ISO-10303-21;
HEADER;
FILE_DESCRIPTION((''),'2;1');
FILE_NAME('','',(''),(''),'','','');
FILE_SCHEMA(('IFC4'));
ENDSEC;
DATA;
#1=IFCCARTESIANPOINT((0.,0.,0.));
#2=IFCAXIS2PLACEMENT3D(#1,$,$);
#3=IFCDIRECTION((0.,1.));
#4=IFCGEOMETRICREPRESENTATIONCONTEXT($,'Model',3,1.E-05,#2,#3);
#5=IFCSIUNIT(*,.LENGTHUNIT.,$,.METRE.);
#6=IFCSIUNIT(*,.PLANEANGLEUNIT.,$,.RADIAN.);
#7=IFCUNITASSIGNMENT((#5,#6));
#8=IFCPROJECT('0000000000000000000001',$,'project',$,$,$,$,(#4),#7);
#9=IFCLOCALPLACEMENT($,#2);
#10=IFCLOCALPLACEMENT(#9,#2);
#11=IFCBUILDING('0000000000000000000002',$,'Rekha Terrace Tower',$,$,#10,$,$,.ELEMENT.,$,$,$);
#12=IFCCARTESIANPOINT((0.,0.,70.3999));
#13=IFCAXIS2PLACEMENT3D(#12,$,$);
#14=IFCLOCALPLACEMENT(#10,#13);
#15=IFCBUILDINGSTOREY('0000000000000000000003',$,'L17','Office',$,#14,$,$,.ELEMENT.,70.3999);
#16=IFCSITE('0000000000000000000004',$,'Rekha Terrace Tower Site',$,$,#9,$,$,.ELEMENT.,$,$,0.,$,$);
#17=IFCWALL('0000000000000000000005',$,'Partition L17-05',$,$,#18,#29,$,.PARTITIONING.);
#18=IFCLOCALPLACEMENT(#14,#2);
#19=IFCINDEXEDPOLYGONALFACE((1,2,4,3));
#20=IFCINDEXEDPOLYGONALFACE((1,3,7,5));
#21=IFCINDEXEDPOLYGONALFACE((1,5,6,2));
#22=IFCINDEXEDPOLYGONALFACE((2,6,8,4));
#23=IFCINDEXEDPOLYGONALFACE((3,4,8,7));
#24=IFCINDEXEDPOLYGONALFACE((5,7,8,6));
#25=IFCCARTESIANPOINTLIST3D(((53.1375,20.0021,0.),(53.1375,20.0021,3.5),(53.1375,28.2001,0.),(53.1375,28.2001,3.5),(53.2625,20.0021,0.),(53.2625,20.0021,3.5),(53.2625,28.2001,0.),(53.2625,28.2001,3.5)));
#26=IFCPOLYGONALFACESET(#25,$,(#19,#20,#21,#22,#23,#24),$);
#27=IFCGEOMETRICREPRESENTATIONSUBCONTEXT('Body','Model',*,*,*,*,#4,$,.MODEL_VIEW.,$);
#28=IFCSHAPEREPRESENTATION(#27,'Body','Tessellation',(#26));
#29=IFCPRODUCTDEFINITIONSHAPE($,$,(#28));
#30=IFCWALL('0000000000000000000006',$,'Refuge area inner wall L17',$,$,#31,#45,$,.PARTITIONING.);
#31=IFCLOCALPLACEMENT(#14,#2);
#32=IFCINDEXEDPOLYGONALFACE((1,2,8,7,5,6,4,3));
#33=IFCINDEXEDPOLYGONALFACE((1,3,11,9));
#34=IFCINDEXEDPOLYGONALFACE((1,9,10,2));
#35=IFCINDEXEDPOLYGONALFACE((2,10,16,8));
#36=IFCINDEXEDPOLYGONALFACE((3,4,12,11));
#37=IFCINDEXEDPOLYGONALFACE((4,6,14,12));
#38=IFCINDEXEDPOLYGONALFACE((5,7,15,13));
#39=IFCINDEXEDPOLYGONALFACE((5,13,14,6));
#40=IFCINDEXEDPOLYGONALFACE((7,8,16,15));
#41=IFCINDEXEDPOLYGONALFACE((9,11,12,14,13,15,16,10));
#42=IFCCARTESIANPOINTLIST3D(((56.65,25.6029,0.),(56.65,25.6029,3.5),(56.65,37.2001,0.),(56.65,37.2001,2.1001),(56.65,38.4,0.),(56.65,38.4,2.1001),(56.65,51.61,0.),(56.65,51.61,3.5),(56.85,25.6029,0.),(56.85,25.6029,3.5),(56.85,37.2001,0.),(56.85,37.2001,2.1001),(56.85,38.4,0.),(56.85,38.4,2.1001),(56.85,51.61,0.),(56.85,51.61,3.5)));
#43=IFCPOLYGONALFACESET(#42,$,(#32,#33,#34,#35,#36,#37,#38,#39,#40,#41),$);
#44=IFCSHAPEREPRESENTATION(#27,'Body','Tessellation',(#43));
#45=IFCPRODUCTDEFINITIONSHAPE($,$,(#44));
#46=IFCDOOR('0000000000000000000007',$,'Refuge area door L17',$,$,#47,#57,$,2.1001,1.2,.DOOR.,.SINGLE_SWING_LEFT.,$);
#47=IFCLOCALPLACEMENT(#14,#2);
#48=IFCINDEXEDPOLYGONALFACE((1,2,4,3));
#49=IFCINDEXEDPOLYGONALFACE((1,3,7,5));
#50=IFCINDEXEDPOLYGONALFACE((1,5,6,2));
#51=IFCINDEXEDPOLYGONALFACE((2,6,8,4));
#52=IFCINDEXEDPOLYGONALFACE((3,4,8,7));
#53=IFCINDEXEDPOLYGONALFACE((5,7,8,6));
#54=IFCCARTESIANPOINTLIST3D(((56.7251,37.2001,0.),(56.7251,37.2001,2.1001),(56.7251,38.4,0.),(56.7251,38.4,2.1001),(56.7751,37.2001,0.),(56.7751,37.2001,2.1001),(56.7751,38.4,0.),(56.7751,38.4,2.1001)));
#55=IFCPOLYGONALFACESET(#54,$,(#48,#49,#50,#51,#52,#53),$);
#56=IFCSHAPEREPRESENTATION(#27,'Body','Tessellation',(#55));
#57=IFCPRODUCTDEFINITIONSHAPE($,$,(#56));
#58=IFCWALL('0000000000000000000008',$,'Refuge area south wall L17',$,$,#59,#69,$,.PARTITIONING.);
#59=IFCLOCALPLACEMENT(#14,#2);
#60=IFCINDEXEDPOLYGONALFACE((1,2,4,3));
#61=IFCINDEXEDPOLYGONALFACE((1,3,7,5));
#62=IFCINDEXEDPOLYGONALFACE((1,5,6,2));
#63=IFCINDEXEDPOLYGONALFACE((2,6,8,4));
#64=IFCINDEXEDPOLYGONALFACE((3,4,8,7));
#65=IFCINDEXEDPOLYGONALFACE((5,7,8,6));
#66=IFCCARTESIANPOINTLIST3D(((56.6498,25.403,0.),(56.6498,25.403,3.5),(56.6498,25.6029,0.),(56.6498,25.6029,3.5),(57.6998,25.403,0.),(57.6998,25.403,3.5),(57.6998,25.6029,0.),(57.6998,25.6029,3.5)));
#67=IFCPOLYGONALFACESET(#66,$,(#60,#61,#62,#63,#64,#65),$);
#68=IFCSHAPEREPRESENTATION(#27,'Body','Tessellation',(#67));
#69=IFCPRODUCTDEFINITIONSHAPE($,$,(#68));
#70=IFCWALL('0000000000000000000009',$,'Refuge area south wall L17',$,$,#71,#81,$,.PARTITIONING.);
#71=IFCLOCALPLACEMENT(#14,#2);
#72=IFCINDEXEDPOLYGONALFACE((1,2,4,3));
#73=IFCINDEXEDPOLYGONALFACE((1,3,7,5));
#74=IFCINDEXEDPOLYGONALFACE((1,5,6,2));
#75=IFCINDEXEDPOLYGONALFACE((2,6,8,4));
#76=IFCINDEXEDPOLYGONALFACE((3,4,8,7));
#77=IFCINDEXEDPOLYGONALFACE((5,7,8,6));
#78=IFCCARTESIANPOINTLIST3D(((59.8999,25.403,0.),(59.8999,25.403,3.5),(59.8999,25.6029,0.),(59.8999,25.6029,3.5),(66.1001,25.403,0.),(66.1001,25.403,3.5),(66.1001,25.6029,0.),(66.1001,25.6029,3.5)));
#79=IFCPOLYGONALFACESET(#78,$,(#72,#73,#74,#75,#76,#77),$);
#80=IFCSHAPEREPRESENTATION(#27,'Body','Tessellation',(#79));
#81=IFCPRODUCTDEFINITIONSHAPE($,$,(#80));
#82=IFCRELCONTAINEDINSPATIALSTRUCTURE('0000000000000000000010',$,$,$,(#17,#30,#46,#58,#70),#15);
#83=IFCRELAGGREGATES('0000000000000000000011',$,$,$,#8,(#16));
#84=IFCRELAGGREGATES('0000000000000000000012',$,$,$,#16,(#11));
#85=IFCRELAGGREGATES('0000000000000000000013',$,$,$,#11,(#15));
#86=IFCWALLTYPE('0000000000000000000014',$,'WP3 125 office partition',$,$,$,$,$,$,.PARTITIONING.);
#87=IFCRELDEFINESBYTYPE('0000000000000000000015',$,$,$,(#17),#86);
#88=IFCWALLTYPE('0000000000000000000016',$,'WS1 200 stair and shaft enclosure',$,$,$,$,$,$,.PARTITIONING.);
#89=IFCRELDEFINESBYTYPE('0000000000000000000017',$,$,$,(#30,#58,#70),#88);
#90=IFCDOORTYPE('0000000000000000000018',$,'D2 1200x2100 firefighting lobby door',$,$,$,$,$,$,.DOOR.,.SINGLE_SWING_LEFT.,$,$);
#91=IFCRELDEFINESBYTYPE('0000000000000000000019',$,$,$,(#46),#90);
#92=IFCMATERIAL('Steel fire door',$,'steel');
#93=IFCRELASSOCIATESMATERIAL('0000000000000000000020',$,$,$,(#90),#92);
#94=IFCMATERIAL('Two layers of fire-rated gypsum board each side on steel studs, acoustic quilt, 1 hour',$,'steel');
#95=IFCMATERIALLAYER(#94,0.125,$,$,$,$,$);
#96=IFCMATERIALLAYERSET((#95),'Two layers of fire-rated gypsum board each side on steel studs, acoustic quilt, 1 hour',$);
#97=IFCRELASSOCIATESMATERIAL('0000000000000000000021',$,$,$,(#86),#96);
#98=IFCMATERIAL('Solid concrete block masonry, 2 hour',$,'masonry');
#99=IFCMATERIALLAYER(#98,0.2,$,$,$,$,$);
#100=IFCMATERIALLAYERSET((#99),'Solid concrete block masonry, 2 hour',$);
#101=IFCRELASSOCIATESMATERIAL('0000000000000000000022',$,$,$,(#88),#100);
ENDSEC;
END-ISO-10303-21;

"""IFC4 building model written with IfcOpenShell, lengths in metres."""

from ifc_helpers import new_model, si_unit, direction, frame, frame_2d, origin, place, context, subcontext, project, spatial, rectangle, extrude, material, layer, layer_set, type_object, element, fill, save


model = new_model("IFC4")

# Units and contexts
model_context = context("Model", 3, precision=1e-05, world=origin(), true_north=direction((0.0, 1.0)))
body_context = subcontext(model_context, "Body", "Model", "MODEL_VIEW")
ifc_project = project(units=[si_unit("LENGTHUNIT", "METRE"), si_unit("PLANEANGLEUNIT", "RADIAN")], contexts=[model_context])

# Site, building, storey
site_placement = place(None, origin())
site = spatial("IfcSite", under=ifc_project, at=site_placement, Name="Rekha Terrace Tower Site", CompositionType="ELEMENT", RefElevation=0.0)
building_placement = place(site_placement, origin())
building = spatial("IfcBuilding", under=site, at=building_placement, Name="Rekha Terrace Tower", CompositionType="ELEMENT")
storey_placement = place(building_placement, frame((0.0, 0.0, 70.3999)))
storey = spatial("IfcBuildingStorey", under=building, at=storey_placement, Name="L17", Description="Office", CompositionType="ELEMENT", Elevation=70.3999)

# Shared definitions
ifc_material_1 = material(Name="Steel fire door", Category="steel")
door_type_1 = type_object("IfcDoorType", Name="D2 1200x2100 firefighting lobby door", OperationType="SINGLE_SWING_LEFT", PredefinedType="DOOR", material=ifc_material_1)

# Shared definitions
ifc_material_2 = material(Name="Two layers of fire-rated gypsum board each side on steel studs, acoustic quilt, 1 hour", Category="steel")
ifc_layer_1 = layer(ifc_material_2, 0.125)
ifc_layer_set_1 = layer_set([ifc_layer_1], Name="Two layers of fire-rated gypsum board each side on steel studs, acoustic quilt, 1 hour")
wall_type_1 = type_object("IfcWallType", Name="WP3 125 office partition", PredefinedType="PARTITIONING", material=ifc_layer_set_1)

# Wall
wall_1_placement = place(storey_placement, frame((53.2, 20.002, 0.0), z_axis=(0.0, 0.0, 1.0), x_axis=(0.0, 1.0, 0.0)))
element("IfcWall", 1, at=wall_1_placement, inside=storey, type_object=wall_type_1, Name="Partition L17-05", PredefinedType="PARTITIONING", context=body_context, shape_type="SweptSolid", body=[
    extrude(rectangle(XDim=8.198, YDim=0.125, at=frame_2d((4.0991, 0.0))), origin(), (0.0, 0.0, 1.0), 3.5),
])

# Wall, opening, door
ifc_material_3 = material(Name="Solid concrete block masonry, 2 hour", Category="masonry")
ifc_layer_2 = layer(ifc_material_3, 0.2)
ifc_layer_set_2 = layer_set([ifc_layer_2], Name="Solid concrete block masonry, 2 hour")
wall_type_2 = type_object("IfcWallType", Name="WS1 200 stair and shaft enclosure", PredefinedType="PARTITIONING", material=ifc_layer_set_2)
wall_2_placement = place(storey_placement, frame((56.75, 25.603, 0.0), z_axis=(0.0, 0.0, 1.0), x_axis=(0.0, 1.0, 0.0)))
wall_2 = element("IfcWall", 2, at=wall_2_placement, inside=storey, type_object=wall_type_2, Name="Refuge area inner wall L17", PredefinedType="PARTITIONING", context=body_context, shape_type="SweptSolid", body=[
    extrude(rectangle(XDim=26.0071, YDim=0.2, at=frame_2d((13.0034, 0.0))), origin(), (0.0, 0.0, 1.0), 3.5),
])
opening_1_placement = place(wall_2_placement, frame((11.5969, 0.0, 0.0)))
opening_1 = element("IfcOpeningElement", 3, at=opening_1_placement, cuts=wall_2, PredefinedType="OPENING", context=body_context, shape_type="SweptSolid", body=[
    extrude(rectangle(XDim=1.2, YDim=2.1001, at=frame_2d((0.6001, 1.05))), frame((0.0, 0.1099, 0.0), z_axis=(0.0, -1.0, 0.0), x_axis=(1.0, 0.0, 0.0)), (0.0, 0.0, 1.0), 0.22),
])
door_1_placement = place(opening_1_placement, origin())
door_1 = element("IfcDoor", 4, at=door_1_placement, inside=storey, type_object=door_type_1, Name="Refuge area door L17", OperationType="SINGLE_SWING_LEFT", OverallHeight=2.1001, OverallWidth=1.2, PredefinedType="DOOR", context=body_context, shape_type="SweptSolid", body=[
    extrude(rectangle(XDim=1.2, YDim=2.1001, at=frame_2d((0.6001, 1.05))), frame((0.0, 0.0249, 0.0), z_axis=(0.0, -1.0, 0.0), x_axis=(1.0, 0.0, 0.0)), (0.0, 0.0, 1.0), 0.05),
])
fill(opening_1, door_1)

# Walls
wall_3_placement = place(storey_placement, frame((56.6499, 25.5029, 0.0), z_axis=(0.0, 0.0, 1.0), x_axis=(1.0, 0.0, 0.0)))
element("IfcWall", 5, at=wall_3_placement, inside=storey, type_object=wall_type_2, Name="Refuge area south wall L17", PredefinedType="PARTITIONING", context=body_context, shape_type="SweptSolid", body=[
    extrude(rectangle(XDim=1.05, YDim=0.2, at=frame_2d((0.5249, 0.0))), origin(), (0.0, 0.0, 1.0), 3.5),
])
wall_4_placement = place(storey_placement, frame((59.8999, 25.5029, 0.0), z_axis=(0.0, 0.0, 1.0), x_axis=(1.0, 0.0, 0.0)))
element("IfcWall", 6, at=wall_4_placement, inside=storey, type_object=wall_type_2, Name="Refuge area south wall L17", PredefinedType="PARTITIONING", context=body_context, shape_type="SweptSolid", body=[
    extrude(rectangle(XDim=6.2002, YDim=0.2, at=frame_2d((3.1001, 0.0))), origin(), (0.0, 0.0, 1.0), 3.5),
])

save(model, "model.ifc")
